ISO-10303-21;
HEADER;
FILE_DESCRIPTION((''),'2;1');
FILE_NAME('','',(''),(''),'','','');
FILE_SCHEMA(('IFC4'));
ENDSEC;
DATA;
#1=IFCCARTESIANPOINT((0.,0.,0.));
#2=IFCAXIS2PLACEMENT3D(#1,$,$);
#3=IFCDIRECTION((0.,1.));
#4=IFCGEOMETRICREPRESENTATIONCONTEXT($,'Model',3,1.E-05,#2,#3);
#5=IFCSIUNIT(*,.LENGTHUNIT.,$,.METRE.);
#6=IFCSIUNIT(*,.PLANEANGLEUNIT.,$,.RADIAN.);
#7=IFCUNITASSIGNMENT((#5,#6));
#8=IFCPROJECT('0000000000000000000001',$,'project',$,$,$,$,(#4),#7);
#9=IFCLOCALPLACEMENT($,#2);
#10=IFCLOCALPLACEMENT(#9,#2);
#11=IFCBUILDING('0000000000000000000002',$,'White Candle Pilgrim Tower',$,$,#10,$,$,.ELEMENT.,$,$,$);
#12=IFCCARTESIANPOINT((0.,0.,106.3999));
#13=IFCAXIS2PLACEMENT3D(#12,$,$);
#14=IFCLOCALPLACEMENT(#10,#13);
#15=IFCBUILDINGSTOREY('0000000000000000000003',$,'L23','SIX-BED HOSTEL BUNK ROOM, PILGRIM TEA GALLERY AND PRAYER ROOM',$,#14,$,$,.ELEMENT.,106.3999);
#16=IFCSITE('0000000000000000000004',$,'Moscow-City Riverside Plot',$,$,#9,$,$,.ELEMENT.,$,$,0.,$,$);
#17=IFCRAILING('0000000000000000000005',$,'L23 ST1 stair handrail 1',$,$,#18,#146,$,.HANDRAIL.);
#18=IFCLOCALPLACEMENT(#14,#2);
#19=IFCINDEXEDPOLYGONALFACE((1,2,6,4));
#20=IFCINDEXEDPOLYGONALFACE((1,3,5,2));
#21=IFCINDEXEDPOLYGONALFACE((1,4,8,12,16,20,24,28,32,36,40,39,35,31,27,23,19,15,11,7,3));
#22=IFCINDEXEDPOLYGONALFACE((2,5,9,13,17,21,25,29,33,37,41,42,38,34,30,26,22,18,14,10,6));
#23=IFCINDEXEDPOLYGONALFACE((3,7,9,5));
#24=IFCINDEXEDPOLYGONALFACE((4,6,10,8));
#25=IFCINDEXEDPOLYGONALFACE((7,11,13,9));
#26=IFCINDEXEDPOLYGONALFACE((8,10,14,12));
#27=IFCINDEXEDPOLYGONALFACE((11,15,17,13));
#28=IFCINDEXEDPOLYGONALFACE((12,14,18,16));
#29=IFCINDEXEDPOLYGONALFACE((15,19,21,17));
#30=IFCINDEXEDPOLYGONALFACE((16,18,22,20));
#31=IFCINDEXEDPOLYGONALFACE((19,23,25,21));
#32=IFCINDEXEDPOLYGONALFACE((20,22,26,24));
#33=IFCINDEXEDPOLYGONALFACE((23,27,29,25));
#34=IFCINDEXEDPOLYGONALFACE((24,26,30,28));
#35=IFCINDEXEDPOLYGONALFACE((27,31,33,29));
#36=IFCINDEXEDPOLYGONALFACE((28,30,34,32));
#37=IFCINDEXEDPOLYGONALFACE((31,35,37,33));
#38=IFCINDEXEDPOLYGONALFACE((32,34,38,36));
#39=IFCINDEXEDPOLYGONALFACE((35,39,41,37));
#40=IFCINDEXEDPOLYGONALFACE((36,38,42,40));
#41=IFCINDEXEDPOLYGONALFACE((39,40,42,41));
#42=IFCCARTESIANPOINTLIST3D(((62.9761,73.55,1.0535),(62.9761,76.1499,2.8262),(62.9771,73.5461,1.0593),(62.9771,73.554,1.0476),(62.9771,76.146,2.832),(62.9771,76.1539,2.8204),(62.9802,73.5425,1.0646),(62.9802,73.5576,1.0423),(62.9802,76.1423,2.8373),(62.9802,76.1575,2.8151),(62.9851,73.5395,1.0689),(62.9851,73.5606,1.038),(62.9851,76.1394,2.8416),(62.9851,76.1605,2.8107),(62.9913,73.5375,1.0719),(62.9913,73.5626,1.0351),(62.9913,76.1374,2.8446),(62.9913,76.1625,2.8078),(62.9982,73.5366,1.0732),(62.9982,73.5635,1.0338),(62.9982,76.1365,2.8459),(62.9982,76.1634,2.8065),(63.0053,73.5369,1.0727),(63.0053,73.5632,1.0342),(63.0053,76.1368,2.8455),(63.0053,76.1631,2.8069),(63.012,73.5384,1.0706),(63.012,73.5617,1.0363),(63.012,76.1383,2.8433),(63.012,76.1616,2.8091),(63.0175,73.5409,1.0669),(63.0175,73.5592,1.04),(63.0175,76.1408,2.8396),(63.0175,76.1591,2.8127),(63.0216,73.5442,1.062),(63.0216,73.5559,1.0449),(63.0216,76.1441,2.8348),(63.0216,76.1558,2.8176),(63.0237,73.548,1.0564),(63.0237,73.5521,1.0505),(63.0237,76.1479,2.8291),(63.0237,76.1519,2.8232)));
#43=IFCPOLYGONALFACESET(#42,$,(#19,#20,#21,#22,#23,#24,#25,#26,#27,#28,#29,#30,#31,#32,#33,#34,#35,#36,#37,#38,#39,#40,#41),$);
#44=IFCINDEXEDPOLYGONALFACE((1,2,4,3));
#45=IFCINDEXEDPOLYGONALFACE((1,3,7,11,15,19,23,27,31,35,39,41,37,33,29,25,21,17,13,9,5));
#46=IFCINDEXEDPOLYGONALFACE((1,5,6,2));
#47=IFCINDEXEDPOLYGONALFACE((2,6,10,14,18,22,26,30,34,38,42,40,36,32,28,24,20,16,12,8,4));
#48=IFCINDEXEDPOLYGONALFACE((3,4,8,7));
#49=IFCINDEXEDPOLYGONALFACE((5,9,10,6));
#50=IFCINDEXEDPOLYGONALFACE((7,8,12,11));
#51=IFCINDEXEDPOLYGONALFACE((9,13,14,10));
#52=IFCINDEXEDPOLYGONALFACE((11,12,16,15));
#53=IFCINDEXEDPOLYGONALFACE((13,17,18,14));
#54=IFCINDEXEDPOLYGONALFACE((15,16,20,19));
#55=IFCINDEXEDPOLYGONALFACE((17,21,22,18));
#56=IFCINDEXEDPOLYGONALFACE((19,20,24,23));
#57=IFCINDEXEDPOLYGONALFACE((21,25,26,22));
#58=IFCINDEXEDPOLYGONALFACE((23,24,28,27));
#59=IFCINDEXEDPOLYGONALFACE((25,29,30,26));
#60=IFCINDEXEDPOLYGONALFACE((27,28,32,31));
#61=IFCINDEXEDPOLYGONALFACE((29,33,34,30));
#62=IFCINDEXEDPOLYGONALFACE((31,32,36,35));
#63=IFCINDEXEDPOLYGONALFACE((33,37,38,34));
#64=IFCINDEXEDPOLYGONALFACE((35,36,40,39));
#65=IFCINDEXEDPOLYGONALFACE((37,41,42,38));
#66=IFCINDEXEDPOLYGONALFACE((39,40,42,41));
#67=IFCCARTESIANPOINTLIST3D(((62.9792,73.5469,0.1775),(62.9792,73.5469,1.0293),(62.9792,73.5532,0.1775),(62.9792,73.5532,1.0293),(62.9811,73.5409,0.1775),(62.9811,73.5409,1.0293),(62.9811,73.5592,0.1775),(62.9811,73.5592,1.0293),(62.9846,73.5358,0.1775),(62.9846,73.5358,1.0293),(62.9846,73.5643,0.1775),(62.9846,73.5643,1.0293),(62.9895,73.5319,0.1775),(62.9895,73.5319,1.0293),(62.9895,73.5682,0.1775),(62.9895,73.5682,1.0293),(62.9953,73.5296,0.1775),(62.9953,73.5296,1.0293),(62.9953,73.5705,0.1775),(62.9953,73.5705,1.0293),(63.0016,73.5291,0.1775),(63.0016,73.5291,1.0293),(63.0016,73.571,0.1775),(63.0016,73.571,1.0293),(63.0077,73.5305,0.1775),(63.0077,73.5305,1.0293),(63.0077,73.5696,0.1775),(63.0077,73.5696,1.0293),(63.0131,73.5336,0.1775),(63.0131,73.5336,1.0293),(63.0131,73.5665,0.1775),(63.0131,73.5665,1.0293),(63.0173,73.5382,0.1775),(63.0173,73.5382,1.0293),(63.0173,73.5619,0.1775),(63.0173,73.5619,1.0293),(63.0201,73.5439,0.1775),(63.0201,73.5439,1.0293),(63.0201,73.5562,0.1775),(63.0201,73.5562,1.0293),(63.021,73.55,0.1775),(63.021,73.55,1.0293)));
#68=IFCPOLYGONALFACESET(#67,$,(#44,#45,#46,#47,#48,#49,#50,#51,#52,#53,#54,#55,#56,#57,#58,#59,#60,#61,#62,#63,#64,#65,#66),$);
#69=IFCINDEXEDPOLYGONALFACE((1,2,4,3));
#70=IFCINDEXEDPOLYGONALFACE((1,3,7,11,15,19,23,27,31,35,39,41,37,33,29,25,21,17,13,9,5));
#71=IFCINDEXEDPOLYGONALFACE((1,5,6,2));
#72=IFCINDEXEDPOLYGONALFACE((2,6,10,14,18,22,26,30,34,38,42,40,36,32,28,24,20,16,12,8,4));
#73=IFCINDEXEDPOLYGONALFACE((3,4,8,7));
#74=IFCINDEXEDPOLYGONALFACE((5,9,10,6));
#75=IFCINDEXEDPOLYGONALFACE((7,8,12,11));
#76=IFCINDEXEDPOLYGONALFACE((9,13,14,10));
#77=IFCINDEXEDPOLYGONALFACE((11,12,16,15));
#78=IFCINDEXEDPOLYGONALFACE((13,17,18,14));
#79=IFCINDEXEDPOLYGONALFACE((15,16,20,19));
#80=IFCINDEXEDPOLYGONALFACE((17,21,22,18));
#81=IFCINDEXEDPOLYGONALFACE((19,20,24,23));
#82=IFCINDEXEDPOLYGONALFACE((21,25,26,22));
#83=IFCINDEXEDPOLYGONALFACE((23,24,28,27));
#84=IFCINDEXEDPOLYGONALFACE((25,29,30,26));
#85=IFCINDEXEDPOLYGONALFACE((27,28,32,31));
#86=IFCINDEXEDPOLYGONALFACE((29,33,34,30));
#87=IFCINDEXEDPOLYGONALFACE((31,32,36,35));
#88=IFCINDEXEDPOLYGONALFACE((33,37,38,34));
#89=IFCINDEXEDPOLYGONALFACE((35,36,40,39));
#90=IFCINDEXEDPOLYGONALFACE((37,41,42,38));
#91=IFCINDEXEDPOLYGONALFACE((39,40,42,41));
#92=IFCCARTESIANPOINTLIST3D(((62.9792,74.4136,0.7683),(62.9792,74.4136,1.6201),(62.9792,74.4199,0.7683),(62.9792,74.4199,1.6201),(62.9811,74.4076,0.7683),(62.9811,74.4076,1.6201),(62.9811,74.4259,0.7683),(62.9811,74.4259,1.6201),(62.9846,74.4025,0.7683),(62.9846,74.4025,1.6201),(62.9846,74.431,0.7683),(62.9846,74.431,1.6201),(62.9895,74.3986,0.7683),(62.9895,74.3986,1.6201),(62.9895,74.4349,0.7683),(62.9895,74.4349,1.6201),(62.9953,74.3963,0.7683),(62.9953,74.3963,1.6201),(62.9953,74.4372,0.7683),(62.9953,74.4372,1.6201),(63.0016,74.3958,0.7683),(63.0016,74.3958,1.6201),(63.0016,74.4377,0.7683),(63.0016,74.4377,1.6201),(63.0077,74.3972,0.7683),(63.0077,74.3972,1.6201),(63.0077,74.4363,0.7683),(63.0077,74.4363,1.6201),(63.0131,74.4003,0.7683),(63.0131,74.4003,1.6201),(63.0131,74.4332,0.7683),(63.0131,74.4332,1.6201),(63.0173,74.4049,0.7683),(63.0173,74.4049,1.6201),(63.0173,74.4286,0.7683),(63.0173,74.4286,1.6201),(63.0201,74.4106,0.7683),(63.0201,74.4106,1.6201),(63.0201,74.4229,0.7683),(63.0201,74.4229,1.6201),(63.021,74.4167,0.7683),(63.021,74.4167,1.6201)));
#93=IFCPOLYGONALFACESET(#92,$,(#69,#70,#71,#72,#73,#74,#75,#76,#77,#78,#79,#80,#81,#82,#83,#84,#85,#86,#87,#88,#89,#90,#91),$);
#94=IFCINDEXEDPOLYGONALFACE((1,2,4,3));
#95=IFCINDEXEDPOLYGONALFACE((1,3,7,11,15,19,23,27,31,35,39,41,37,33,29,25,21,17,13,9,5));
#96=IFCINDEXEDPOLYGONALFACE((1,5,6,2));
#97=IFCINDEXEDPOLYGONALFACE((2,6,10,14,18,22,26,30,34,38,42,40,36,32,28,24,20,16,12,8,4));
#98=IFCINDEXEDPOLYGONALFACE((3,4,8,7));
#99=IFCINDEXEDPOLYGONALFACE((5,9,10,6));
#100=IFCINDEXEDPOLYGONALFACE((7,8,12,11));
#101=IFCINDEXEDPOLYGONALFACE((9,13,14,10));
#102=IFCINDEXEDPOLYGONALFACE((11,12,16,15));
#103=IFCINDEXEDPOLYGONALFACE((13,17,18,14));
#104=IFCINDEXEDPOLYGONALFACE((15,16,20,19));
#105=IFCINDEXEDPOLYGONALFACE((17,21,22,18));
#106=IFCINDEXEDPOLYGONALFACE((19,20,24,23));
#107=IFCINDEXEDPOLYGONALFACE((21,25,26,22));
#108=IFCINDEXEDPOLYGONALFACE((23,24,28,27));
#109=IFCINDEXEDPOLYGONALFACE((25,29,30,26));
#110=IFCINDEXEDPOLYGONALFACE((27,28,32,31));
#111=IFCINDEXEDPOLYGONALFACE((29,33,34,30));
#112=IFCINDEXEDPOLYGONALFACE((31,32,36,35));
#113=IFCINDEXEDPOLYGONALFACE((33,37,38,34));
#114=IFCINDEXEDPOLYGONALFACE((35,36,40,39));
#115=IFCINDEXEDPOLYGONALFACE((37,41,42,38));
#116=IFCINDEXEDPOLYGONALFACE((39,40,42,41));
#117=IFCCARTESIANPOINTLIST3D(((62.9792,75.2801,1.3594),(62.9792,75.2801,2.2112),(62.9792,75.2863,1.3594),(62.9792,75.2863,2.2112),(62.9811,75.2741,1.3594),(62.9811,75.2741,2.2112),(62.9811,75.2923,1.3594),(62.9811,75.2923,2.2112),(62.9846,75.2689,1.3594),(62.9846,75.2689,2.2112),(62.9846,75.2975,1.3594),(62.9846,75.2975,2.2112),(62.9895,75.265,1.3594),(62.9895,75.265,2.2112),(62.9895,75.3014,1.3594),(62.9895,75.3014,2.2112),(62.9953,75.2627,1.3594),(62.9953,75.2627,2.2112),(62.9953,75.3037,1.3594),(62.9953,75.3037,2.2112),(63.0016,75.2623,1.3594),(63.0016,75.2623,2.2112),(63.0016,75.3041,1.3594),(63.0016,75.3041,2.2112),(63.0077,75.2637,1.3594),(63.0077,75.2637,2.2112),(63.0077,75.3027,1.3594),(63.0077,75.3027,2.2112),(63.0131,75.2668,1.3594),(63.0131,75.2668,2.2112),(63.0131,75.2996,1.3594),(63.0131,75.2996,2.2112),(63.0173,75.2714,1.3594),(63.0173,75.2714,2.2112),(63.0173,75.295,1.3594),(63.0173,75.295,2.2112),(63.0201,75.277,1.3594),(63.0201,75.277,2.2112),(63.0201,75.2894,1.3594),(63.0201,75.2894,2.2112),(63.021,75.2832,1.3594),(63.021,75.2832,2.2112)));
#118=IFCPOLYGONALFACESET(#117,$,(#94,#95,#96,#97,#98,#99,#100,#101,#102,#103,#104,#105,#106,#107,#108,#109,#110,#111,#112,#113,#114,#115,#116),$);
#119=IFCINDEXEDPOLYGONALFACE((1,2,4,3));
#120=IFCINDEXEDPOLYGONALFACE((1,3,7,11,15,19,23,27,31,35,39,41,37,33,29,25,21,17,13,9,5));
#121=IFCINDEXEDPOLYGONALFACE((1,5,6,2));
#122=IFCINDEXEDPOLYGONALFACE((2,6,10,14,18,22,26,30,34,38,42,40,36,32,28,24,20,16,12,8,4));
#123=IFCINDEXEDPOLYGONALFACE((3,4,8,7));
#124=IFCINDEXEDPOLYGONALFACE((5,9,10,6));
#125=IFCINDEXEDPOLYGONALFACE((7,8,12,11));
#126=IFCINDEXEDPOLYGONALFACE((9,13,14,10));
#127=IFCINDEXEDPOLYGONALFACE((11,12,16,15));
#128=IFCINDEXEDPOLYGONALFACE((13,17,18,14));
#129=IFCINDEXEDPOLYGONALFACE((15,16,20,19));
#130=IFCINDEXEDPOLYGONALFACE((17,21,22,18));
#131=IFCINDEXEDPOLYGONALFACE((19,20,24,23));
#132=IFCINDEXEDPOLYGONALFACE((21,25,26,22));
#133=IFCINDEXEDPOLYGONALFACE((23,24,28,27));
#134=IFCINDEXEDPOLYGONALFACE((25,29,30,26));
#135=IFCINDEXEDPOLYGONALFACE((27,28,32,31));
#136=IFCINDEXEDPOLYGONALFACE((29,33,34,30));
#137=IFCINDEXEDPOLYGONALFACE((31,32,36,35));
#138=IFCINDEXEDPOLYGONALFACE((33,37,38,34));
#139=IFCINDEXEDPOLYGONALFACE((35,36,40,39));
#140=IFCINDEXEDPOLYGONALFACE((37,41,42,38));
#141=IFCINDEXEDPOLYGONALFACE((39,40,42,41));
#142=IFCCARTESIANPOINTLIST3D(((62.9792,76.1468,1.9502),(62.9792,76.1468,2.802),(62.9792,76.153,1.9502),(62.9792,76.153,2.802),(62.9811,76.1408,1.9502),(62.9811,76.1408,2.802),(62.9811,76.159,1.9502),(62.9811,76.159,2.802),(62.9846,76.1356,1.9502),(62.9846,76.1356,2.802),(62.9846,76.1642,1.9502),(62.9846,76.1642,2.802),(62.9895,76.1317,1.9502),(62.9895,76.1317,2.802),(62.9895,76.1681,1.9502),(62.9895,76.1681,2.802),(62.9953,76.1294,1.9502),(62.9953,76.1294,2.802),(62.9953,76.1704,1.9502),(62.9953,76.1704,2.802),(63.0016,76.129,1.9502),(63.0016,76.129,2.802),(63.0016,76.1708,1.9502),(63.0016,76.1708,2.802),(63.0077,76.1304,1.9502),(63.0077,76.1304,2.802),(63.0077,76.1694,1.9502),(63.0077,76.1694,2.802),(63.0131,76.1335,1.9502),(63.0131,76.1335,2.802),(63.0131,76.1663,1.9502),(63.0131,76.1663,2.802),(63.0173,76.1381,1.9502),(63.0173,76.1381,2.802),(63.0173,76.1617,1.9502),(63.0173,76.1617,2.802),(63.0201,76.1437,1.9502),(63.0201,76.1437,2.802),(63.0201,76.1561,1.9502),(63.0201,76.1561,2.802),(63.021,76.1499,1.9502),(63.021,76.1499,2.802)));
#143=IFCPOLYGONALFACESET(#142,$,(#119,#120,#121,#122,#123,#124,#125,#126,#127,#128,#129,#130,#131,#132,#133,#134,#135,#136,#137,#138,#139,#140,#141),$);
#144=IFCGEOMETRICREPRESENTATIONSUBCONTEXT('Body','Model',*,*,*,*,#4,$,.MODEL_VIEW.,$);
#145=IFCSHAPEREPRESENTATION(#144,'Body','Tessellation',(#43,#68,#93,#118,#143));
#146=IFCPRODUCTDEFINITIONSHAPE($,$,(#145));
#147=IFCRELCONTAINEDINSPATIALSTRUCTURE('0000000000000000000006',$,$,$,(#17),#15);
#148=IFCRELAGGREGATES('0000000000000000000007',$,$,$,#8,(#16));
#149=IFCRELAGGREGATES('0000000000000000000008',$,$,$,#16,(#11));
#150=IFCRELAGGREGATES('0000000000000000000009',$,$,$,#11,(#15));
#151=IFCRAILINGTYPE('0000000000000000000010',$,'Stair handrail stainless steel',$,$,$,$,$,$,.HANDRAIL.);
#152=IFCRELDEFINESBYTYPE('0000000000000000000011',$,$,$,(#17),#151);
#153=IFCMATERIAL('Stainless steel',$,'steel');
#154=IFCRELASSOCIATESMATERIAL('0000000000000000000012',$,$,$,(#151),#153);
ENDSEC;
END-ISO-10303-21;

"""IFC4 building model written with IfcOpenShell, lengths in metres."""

from ifc_helpers import new_model, si_unit, direction, frame, origin, origin_2d, place, context, subcontext, project, spatial, circle, extrude, material, type_object, element, save


model = new_model("IFC4")

# Units and contexts
model_context = context("Model", 3, precision=1e-05, world=origin(), true_north=direction((0.0, 1.0)))
body_context = subcontext(model_context, "Body", "Model", "MODEL_VIEW")
ifc_project = project(units=[si_unit("LENGTHUNIT", "METRE"), si_unit("PLANEANGLEUNIT", "RADIAN")], contexts=[model_context])

# Site, building, storey
site_placement = place(None, origin())
site = spatial("IfcSite", under=ifc_project, at=site_placement, Name="Moscow-City Riverside Plot", CompositionType="ELEMENT", RefElevation=0.0)
building_placement = place(site_placement, origin())
building = spatial("IfcBuilding", under=site, at=building_placement, Name="White Candle Pilgrim Tower", CompositionType="ELEMENT")
storey_placement = place(building_placement, frame((0.0, 0.0, 106.3999)))
storey = spatial("IfcBuildingStorey", under=building, at=storey_placement, Name="L23", Description="SIX-BED HOSTEL BUNK ROOM, PILGRIM TEA GALLERY AND PRAYER ROOM", CompositionType="ELEMENT", Elevation=106.3999)

# Shared definitions
ifc_material_1 = material(Name="Stainless steel", Category="steel")

# Railing
railing_type_1 = type_object("IfcRailingType", Name="Stair handrail stainless steel", PredefinedType="HANDRAIL", material=ifc_material_1)
railing_1_placement = place(storey_placement, frame((63.0, 73.55, 0.1775)))
element("IfcRailing", 1, at=railing_1_placement, inside=storey, type_object=railing_type_1, Name="L23 ST1 stair handrail 1", PredefinedType="HANDRAIL", context=body_context, shape_type="SweptSolid", body=[
    extrude(circle(Radius=0.0239, at=origin_2d()), frame((0.0, 0.0, 0.876), z_axis=(0.0, 0.826216, 0.563354), x_axis=(-1.0, 0.0, 0.0)), (0.0, 0.0, 1.0), 3.1467),
    extrude(circle(Radius=0.021, at=origin_2d()), origin(), (0.0, 0.0, 1.0), 0.8518),
    extrude(circle(Radius=0.021, at=origin_2d()), frame((0.0, 0.8667, 0.5908)), (0.0, 0.0, 1.0), 0.8518),
    extrude(circle(Radius=0.021, at=origin_2d()), frame((0.0, 1.7332, 1.1819)), (0.0, 0.0, 1.0), 0.8518),
    extrude(circle(Radius=0.021, at=origin_2d()), frame((0.0, 2.5999, 1.7727)), (0.0, 0.0, 1.0), 0.8518),
])

save(model, "model.ifc")
